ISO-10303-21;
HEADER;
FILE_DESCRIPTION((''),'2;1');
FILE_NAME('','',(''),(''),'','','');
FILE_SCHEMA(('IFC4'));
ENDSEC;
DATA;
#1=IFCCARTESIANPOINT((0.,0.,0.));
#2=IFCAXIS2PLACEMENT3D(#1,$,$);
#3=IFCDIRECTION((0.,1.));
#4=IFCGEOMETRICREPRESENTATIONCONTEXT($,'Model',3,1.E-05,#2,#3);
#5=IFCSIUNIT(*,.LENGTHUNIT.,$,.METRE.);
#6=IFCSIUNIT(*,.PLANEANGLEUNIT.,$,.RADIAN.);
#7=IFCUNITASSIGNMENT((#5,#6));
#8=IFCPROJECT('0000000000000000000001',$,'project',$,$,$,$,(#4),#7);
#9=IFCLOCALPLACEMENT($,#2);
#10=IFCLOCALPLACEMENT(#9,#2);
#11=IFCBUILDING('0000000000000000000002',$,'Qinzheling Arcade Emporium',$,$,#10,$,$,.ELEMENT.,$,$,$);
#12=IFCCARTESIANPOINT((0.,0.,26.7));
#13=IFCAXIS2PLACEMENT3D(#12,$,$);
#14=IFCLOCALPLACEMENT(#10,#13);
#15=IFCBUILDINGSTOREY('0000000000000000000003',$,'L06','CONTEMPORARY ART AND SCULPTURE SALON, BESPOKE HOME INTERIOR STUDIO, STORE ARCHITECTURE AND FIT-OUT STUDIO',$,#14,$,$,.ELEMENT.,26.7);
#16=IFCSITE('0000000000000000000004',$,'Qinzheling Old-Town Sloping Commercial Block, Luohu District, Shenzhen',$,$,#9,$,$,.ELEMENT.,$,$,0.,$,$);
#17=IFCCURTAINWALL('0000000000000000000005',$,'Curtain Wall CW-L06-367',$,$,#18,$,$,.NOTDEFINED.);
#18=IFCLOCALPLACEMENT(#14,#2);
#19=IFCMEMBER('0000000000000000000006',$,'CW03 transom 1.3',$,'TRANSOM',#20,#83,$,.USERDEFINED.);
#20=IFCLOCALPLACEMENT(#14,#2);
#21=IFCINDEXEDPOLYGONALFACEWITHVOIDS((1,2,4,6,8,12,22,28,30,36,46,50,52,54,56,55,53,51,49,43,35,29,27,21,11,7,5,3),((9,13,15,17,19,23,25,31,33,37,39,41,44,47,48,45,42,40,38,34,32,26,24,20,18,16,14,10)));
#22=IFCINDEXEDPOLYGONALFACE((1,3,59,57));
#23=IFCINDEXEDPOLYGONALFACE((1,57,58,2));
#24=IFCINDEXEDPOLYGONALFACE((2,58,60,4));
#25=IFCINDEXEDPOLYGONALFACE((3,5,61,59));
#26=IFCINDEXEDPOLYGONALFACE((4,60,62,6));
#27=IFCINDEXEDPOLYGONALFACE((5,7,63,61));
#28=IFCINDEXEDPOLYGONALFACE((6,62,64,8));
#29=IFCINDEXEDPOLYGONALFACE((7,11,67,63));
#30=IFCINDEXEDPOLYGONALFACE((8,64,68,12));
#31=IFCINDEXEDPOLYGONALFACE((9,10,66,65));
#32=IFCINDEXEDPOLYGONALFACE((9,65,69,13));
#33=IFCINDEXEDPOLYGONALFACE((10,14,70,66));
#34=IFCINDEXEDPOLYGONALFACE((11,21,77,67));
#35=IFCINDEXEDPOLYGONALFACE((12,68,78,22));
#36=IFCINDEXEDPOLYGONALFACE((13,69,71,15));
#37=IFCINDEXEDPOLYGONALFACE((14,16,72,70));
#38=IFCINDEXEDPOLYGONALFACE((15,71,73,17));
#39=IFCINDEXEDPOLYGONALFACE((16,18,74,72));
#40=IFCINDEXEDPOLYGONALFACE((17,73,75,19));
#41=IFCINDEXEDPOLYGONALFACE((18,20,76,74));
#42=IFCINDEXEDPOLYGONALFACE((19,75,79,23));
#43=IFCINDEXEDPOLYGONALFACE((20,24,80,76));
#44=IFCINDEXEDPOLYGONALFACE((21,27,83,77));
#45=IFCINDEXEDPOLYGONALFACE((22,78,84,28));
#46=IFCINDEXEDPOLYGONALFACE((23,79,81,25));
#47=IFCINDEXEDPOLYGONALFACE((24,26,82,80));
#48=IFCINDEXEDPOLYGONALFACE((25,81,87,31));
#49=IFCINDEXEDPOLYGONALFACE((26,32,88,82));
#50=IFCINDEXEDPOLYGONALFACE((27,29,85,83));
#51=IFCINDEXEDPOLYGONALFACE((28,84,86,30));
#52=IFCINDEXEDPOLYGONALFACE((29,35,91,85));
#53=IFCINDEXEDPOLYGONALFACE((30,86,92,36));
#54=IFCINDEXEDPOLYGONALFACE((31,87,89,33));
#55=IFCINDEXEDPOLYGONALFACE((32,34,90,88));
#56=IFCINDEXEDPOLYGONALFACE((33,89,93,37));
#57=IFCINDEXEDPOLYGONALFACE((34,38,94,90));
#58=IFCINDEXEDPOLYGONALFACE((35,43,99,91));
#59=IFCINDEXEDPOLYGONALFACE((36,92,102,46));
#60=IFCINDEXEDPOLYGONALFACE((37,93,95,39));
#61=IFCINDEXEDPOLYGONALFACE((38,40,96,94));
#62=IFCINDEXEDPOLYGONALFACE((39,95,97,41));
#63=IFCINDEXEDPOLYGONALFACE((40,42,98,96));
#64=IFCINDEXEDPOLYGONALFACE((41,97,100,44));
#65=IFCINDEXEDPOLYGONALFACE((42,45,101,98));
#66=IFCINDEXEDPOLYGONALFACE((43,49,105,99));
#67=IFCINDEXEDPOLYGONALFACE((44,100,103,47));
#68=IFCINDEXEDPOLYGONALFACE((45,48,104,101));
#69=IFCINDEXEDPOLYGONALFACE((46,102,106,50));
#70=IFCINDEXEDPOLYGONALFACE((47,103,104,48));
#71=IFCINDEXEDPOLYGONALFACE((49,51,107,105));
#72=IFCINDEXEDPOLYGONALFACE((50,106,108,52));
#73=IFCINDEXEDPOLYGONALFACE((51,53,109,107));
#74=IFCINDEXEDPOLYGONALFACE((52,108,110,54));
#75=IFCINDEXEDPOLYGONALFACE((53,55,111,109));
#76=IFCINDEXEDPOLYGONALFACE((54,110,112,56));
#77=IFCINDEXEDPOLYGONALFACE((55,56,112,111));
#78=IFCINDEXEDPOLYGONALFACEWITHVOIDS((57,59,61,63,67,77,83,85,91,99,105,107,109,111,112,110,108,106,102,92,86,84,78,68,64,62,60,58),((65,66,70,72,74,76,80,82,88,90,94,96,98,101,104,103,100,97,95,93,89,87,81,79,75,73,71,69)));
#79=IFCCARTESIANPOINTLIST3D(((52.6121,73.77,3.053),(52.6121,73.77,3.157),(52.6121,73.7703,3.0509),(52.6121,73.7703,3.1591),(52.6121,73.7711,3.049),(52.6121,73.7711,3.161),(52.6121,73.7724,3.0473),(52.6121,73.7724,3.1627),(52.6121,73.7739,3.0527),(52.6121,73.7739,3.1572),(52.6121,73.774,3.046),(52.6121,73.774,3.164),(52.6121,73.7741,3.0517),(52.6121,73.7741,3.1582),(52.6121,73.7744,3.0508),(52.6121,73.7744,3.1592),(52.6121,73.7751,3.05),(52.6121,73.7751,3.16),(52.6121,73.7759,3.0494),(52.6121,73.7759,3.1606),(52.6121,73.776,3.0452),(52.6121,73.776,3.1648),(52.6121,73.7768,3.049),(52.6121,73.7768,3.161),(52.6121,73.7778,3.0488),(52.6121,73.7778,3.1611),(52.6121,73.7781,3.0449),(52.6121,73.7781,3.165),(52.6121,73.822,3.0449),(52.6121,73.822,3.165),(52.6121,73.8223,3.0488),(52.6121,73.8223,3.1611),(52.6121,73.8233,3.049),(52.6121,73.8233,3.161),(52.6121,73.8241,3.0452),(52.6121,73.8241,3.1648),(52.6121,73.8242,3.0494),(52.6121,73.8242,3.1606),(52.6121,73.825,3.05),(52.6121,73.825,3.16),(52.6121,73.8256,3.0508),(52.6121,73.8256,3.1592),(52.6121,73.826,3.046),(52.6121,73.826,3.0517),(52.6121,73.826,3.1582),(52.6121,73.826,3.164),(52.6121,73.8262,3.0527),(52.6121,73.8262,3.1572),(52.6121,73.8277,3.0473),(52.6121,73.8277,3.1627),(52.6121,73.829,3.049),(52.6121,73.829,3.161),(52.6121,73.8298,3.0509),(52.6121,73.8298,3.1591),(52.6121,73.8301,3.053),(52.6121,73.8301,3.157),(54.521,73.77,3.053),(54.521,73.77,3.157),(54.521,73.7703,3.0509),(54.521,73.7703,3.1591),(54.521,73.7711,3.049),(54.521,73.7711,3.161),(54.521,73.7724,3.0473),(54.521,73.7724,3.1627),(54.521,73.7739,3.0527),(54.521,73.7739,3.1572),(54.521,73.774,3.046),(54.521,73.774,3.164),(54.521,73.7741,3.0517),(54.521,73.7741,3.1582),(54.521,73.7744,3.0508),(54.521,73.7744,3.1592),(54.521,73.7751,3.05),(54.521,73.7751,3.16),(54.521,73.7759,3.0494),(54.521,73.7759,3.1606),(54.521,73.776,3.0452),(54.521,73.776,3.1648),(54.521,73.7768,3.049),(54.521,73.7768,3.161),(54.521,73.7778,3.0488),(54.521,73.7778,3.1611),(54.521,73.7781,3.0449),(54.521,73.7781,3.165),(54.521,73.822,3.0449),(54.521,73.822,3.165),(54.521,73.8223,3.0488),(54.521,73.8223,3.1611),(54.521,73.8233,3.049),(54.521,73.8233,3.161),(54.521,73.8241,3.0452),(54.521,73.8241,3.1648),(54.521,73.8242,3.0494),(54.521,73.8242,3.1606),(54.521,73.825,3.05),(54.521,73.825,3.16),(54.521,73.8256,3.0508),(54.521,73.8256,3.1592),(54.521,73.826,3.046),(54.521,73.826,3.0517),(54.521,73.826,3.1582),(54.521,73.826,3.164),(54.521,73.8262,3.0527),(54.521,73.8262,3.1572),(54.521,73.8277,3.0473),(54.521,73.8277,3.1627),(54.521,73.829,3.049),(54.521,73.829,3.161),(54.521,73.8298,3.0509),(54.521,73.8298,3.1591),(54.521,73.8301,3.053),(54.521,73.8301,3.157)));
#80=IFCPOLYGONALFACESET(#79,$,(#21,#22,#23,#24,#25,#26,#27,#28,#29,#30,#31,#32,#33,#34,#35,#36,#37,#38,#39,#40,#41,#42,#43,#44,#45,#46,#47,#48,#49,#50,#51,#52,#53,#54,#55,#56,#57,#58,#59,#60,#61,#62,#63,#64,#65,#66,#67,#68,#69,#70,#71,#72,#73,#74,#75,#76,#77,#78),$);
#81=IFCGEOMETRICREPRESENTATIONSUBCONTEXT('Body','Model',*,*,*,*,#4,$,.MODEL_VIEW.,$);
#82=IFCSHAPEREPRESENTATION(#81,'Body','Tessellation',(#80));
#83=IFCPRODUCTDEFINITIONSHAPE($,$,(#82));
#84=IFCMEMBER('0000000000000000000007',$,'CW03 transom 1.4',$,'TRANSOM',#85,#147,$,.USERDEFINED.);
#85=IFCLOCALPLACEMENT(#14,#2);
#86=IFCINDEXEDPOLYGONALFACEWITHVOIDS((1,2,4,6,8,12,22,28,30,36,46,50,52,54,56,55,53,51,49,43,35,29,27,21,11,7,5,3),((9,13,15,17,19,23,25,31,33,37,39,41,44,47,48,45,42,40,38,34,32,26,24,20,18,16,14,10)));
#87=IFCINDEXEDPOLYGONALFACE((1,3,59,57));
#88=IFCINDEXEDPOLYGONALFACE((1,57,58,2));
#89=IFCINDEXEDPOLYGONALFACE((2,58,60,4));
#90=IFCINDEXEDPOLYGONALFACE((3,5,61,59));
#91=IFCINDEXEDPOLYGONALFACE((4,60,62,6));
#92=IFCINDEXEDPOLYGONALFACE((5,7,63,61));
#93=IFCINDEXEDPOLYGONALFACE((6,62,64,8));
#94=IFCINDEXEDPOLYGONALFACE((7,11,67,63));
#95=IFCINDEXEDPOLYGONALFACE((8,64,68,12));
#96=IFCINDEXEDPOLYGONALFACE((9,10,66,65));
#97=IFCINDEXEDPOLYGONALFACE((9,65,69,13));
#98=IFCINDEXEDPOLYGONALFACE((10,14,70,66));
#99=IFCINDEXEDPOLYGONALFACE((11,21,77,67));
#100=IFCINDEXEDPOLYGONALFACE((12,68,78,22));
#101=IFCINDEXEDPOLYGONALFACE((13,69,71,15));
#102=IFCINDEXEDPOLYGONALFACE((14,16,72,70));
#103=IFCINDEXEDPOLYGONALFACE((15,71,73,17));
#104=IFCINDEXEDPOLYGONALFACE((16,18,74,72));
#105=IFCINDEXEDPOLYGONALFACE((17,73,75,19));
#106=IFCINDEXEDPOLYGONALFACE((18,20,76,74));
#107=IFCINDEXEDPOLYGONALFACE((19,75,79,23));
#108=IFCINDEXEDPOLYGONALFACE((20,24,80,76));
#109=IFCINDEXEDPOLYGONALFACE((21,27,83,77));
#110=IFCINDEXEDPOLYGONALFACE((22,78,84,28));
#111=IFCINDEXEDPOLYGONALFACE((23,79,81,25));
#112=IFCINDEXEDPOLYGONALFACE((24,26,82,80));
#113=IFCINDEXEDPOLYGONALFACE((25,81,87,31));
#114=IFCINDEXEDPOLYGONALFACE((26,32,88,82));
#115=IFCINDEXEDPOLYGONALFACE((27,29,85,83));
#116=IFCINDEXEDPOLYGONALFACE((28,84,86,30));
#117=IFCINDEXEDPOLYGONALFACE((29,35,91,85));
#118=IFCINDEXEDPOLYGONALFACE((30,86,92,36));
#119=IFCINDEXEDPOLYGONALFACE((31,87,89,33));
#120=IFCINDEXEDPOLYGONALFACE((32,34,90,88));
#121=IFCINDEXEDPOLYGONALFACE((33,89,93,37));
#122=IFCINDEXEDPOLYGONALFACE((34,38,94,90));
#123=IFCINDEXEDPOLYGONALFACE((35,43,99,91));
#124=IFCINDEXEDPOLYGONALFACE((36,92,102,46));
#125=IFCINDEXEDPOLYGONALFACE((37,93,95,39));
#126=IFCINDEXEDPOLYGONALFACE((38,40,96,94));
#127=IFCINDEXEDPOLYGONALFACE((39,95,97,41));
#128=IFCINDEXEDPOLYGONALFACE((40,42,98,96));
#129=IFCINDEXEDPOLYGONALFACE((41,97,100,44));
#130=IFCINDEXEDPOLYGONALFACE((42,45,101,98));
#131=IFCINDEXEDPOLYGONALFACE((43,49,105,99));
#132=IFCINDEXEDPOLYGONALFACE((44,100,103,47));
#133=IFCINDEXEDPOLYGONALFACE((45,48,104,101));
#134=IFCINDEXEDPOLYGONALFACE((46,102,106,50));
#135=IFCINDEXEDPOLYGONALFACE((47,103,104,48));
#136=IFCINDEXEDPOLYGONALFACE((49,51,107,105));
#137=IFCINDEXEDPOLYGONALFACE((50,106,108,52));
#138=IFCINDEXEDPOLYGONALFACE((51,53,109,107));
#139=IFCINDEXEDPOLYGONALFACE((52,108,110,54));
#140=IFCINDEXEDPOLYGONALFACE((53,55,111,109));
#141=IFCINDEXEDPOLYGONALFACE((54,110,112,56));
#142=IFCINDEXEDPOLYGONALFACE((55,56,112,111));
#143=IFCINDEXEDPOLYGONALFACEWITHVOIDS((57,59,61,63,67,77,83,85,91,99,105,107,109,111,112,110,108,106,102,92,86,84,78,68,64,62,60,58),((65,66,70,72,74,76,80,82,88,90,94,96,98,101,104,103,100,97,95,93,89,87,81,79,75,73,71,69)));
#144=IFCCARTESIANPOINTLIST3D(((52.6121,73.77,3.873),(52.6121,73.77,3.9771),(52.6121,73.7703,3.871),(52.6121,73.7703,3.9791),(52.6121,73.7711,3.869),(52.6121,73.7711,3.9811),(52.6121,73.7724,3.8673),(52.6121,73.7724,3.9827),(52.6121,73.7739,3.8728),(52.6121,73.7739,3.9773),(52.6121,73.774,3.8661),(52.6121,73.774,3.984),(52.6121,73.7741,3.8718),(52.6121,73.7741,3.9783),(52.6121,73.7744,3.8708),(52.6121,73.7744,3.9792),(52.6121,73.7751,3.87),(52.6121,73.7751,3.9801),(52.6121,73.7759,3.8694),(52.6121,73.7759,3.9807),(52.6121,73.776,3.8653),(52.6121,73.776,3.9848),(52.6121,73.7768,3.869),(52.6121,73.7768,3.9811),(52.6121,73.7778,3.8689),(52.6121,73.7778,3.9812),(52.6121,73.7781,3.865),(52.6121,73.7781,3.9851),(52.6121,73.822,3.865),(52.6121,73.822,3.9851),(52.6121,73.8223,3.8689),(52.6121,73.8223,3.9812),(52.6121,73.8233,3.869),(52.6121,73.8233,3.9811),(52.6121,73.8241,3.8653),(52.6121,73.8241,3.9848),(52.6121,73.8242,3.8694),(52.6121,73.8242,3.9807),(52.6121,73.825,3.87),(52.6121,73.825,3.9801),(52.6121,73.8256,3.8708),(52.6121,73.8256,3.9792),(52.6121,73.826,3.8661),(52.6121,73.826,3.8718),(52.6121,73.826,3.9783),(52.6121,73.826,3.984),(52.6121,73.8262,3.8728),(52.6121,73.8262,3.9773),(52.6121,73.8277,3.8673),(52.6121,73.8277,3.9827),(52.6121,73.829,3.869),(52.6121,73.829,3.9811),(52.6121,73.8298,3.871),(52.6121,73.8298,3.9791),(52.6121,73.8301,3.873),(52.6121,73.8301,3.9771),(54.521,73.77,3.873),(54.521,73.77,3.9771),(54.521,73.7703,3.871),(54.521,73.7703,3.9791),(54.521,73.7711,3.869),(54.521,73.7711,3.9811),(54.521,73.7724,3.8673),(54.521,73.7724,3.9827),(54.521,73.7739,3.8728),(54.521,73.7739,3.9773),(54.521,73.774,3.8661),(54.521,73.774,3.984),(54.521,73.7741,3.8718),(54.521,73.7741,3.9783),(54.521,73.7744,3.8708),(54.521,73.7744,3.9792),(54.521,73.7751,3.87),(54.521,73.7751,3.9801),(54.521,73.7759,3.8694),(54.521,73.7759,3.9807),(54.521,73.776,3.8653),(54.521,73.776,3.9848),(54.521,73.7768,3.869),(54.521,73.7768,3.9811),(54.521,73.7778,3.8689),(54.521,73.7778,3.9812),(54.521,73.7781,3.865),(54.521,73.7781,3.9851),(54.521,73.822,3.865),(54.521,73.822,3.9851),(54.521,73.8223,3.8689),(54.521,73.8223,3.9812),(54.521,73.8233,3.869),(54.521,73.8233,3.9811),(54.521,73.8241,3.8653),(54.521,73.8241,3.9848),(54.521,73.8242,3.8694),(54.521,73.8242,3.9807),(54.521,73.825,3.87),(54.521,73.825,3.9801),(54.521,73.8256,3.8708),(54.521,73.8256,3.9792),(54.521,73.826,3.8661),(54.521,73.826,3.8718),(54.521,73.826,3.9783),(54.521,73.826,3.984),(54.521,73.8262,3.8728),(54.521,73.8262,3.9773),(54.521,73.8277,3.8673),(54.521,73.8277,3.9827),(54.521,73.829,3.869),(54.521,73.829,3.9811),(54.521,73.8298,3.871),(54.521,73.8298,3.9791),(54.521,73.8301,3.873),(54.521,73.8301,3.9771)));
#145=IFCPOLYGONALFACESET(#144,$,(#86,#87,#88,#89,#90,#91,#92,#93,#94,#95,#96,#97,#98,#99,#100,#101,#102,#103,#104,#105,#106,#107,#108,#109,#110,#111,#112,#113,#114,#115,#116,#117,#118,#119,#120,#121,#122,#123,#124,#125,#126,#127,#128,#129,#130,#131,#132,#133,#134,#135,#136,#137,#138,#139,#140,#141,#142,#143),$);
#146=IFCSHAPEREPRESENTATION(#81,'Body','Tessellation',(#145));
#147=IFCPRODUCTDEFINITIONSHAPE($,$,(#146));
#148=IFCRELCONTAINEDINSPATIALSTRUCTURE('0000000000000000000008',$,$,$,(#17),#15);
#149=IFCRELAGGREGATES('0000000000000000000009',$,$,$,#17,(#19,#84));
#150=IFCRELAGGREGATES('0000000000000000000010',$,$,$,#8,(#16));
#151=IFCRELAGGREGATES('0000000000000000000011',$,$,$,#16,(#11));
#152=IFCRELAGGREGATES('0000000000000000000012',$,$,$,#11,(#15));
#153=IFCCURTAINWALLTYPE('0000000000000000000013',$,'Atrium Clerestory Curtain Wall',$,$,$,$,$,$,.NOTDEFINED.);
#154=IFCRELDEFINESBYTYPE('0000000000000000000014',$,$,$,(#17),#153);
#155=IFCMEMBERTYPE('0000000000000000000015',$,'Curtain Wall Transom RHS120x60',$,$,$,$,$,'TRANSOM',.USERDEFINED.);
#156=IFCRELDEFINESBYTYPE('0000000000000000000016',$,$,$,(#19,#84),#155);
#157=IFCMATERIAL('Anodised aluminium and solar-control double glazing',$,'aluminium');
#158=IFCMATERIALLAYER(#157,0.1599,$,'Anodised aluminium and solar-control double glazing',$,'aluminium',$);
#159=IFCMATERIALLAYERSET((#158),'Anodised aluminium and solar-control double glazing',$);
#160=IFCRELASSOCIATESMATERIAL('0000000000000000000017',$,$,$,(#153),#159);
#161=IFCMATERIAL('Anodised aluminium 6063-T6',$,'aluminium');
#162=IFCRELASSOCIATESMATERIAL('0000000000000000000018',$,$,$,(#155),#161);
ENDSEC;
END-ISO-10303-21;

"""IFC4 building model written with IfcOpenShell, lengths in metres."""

from ifc_helpers import new_model, si_unit, direction, frame, origin, origin_2d, place, context, subcontext, project, spatial, hollow_rectangle, extrude, material, layer, layer_set, material_profile, profile_set, type_object, element, aggregate, save


model = new_model("IFC4")

# Units and contexts
model_context = context("Model", 3, precision=1e-05, world=origin(), true_north=direction((0.0, 1.0)))
body_context = subcontext(model_context, "Body", "Model", "MODEL_VIEW")
ifc_project = project(units=[si_unit("LENGTHUNIT", "METRE"), si_unit("PLANEANGLEUNIT", "RADIAN")], contexts=[model_context])

# Site, building, storey
site_placement = place(None, origin())
site = spatial("IfcSite", under=ifc_project, at=site_placement, Name="Qinzheling Old-Town Sloping Commercial Block, Luohu District, Shenzhen", CompositionType="ELEMENT", RefElevation=0.0)
building_placement = place(site_placement, origin())
building = spatial("IfcBuilding", under=site, at=building_placement, Name="Qinzheling Arcade Emporium", CompositionType="ELEMENT")
storey_placement = place(building_placement, frame((0.0, 0.0, 26.7)))
storey = spatial("IfcBuildingStorey", under=building, at=storey_placement, Name="L06", Description="CONTEMPORARY ART AND SCULPTURE SALON, BESPOKE HOME INTERIOR STUDIO, STORE ARCHITECTURE AND FIT-OUT STUDIO", CompositionType="ELEMENT", Elevation=26.7)

# Curtain wall
ifc_material_1 = material(Name="Anodised aluminium and solar-control double glazing", Category="aluminium")
ifc_layer_1 = layer(ifc_material_1, 0.1599, Name="Anodised aluminium and solar-control double glazing", Category="aluminium")
ifc_layer_set_1 = layer_set([ifc_layer_1], Name="Anodised aluminium and solar-control double glazing")
curtain_wall_type = type_object("IfcCurtainWallType", Name="Atrium Clerestory Curtain Wall", PredefinedType="NOTDEFINED", material=ifc_layer_set_1)
ifc_material_2 = material(Name="Anodised aluminium 6063-T6", Category="aluminium")
curtain_wall_1_placement = place(storey_placement, origin())
curtain_wall_1 = element("IfcCurtainWall", 1, at=curtain_wall_1_placement, inside=storey, type_object=curtain_wall_type, Name="Curtain Wall CW-L06-367", PredefinedType="NOTDEFINED")

# Members
ifc_material_profile_1 = material_profile(ifc_material_2, hollow_rectangle(XDim=0.0601, YDim=0.1201, WallThickness=0.0039, InnerFilletRadius=0.0039, OuterFilletRadius=0.0081, at=origin_2d()), Name="RHS 120x60x4", Category="aluminium")
ifc_profile_set_1 = profile_set([ifc_material_profile_1], Name="Anodised aluminium 6063-T6")
member_type_1 = type_object("IfcMemberType", Name="Curtain Wall Transom RHS120x60", ElementType="TRANSOM", PredefinedType="USERDEFINED", material=ifc_profile_set_1)
member_1_placement = place(storey_placement, frame((52.6121, 73.8, 3.105), z_axis=(1.0, 0.0, 0.0), x_axis=(0.0, 1.0, 0.0)))
member_1 = element("IfcMember", 2, at=member_1_placement, type_object=member_type_1, Name="CW03 transom 1.3", ObjectType="TRANSOM", PredefinedType="USERDEFINED", context=body_context, shape_type="SweptSolid", body=[
    extrude(hollow_rectangle(XDim=0.0601, YDim=0.1201, WallThickness=0.0039, InnerFilletRadius=0.0039, OuterFilletRadius=0.0081, at=origin_2d()), origin(), (0.0, 0.0, 1.0), 1.9089),
])
member_2_placement = place(storey_placement, frame((52.6121, 73.8, 3.925), z_axis=(1.0, 0.0, 0.0), x_axis=(0.0, 1.0, 0.0)))
member_2 = element("IfcMember", 3, at=member_2_placement, type_object=member_type_1, Name="CW03 transom 1.4", ObjectType="TRANSOM", PredefinedType="USERDEFINED", context=body_context, shape_type="SweptSolid", body=[
    extrude(hollow_rectangle(XDim=0.0601, YDim=0.1201, WallThickness=0.0039, InnerFilletRadius=0.0039, OuterFilletRadius=0.0081, at=origin_2d()), origin(), (0.0, 0.0, 1.0), 1.9089),
])

aggregate(curtain_wall_1, [member_1, member_2])

save(model, "model.ifc")
